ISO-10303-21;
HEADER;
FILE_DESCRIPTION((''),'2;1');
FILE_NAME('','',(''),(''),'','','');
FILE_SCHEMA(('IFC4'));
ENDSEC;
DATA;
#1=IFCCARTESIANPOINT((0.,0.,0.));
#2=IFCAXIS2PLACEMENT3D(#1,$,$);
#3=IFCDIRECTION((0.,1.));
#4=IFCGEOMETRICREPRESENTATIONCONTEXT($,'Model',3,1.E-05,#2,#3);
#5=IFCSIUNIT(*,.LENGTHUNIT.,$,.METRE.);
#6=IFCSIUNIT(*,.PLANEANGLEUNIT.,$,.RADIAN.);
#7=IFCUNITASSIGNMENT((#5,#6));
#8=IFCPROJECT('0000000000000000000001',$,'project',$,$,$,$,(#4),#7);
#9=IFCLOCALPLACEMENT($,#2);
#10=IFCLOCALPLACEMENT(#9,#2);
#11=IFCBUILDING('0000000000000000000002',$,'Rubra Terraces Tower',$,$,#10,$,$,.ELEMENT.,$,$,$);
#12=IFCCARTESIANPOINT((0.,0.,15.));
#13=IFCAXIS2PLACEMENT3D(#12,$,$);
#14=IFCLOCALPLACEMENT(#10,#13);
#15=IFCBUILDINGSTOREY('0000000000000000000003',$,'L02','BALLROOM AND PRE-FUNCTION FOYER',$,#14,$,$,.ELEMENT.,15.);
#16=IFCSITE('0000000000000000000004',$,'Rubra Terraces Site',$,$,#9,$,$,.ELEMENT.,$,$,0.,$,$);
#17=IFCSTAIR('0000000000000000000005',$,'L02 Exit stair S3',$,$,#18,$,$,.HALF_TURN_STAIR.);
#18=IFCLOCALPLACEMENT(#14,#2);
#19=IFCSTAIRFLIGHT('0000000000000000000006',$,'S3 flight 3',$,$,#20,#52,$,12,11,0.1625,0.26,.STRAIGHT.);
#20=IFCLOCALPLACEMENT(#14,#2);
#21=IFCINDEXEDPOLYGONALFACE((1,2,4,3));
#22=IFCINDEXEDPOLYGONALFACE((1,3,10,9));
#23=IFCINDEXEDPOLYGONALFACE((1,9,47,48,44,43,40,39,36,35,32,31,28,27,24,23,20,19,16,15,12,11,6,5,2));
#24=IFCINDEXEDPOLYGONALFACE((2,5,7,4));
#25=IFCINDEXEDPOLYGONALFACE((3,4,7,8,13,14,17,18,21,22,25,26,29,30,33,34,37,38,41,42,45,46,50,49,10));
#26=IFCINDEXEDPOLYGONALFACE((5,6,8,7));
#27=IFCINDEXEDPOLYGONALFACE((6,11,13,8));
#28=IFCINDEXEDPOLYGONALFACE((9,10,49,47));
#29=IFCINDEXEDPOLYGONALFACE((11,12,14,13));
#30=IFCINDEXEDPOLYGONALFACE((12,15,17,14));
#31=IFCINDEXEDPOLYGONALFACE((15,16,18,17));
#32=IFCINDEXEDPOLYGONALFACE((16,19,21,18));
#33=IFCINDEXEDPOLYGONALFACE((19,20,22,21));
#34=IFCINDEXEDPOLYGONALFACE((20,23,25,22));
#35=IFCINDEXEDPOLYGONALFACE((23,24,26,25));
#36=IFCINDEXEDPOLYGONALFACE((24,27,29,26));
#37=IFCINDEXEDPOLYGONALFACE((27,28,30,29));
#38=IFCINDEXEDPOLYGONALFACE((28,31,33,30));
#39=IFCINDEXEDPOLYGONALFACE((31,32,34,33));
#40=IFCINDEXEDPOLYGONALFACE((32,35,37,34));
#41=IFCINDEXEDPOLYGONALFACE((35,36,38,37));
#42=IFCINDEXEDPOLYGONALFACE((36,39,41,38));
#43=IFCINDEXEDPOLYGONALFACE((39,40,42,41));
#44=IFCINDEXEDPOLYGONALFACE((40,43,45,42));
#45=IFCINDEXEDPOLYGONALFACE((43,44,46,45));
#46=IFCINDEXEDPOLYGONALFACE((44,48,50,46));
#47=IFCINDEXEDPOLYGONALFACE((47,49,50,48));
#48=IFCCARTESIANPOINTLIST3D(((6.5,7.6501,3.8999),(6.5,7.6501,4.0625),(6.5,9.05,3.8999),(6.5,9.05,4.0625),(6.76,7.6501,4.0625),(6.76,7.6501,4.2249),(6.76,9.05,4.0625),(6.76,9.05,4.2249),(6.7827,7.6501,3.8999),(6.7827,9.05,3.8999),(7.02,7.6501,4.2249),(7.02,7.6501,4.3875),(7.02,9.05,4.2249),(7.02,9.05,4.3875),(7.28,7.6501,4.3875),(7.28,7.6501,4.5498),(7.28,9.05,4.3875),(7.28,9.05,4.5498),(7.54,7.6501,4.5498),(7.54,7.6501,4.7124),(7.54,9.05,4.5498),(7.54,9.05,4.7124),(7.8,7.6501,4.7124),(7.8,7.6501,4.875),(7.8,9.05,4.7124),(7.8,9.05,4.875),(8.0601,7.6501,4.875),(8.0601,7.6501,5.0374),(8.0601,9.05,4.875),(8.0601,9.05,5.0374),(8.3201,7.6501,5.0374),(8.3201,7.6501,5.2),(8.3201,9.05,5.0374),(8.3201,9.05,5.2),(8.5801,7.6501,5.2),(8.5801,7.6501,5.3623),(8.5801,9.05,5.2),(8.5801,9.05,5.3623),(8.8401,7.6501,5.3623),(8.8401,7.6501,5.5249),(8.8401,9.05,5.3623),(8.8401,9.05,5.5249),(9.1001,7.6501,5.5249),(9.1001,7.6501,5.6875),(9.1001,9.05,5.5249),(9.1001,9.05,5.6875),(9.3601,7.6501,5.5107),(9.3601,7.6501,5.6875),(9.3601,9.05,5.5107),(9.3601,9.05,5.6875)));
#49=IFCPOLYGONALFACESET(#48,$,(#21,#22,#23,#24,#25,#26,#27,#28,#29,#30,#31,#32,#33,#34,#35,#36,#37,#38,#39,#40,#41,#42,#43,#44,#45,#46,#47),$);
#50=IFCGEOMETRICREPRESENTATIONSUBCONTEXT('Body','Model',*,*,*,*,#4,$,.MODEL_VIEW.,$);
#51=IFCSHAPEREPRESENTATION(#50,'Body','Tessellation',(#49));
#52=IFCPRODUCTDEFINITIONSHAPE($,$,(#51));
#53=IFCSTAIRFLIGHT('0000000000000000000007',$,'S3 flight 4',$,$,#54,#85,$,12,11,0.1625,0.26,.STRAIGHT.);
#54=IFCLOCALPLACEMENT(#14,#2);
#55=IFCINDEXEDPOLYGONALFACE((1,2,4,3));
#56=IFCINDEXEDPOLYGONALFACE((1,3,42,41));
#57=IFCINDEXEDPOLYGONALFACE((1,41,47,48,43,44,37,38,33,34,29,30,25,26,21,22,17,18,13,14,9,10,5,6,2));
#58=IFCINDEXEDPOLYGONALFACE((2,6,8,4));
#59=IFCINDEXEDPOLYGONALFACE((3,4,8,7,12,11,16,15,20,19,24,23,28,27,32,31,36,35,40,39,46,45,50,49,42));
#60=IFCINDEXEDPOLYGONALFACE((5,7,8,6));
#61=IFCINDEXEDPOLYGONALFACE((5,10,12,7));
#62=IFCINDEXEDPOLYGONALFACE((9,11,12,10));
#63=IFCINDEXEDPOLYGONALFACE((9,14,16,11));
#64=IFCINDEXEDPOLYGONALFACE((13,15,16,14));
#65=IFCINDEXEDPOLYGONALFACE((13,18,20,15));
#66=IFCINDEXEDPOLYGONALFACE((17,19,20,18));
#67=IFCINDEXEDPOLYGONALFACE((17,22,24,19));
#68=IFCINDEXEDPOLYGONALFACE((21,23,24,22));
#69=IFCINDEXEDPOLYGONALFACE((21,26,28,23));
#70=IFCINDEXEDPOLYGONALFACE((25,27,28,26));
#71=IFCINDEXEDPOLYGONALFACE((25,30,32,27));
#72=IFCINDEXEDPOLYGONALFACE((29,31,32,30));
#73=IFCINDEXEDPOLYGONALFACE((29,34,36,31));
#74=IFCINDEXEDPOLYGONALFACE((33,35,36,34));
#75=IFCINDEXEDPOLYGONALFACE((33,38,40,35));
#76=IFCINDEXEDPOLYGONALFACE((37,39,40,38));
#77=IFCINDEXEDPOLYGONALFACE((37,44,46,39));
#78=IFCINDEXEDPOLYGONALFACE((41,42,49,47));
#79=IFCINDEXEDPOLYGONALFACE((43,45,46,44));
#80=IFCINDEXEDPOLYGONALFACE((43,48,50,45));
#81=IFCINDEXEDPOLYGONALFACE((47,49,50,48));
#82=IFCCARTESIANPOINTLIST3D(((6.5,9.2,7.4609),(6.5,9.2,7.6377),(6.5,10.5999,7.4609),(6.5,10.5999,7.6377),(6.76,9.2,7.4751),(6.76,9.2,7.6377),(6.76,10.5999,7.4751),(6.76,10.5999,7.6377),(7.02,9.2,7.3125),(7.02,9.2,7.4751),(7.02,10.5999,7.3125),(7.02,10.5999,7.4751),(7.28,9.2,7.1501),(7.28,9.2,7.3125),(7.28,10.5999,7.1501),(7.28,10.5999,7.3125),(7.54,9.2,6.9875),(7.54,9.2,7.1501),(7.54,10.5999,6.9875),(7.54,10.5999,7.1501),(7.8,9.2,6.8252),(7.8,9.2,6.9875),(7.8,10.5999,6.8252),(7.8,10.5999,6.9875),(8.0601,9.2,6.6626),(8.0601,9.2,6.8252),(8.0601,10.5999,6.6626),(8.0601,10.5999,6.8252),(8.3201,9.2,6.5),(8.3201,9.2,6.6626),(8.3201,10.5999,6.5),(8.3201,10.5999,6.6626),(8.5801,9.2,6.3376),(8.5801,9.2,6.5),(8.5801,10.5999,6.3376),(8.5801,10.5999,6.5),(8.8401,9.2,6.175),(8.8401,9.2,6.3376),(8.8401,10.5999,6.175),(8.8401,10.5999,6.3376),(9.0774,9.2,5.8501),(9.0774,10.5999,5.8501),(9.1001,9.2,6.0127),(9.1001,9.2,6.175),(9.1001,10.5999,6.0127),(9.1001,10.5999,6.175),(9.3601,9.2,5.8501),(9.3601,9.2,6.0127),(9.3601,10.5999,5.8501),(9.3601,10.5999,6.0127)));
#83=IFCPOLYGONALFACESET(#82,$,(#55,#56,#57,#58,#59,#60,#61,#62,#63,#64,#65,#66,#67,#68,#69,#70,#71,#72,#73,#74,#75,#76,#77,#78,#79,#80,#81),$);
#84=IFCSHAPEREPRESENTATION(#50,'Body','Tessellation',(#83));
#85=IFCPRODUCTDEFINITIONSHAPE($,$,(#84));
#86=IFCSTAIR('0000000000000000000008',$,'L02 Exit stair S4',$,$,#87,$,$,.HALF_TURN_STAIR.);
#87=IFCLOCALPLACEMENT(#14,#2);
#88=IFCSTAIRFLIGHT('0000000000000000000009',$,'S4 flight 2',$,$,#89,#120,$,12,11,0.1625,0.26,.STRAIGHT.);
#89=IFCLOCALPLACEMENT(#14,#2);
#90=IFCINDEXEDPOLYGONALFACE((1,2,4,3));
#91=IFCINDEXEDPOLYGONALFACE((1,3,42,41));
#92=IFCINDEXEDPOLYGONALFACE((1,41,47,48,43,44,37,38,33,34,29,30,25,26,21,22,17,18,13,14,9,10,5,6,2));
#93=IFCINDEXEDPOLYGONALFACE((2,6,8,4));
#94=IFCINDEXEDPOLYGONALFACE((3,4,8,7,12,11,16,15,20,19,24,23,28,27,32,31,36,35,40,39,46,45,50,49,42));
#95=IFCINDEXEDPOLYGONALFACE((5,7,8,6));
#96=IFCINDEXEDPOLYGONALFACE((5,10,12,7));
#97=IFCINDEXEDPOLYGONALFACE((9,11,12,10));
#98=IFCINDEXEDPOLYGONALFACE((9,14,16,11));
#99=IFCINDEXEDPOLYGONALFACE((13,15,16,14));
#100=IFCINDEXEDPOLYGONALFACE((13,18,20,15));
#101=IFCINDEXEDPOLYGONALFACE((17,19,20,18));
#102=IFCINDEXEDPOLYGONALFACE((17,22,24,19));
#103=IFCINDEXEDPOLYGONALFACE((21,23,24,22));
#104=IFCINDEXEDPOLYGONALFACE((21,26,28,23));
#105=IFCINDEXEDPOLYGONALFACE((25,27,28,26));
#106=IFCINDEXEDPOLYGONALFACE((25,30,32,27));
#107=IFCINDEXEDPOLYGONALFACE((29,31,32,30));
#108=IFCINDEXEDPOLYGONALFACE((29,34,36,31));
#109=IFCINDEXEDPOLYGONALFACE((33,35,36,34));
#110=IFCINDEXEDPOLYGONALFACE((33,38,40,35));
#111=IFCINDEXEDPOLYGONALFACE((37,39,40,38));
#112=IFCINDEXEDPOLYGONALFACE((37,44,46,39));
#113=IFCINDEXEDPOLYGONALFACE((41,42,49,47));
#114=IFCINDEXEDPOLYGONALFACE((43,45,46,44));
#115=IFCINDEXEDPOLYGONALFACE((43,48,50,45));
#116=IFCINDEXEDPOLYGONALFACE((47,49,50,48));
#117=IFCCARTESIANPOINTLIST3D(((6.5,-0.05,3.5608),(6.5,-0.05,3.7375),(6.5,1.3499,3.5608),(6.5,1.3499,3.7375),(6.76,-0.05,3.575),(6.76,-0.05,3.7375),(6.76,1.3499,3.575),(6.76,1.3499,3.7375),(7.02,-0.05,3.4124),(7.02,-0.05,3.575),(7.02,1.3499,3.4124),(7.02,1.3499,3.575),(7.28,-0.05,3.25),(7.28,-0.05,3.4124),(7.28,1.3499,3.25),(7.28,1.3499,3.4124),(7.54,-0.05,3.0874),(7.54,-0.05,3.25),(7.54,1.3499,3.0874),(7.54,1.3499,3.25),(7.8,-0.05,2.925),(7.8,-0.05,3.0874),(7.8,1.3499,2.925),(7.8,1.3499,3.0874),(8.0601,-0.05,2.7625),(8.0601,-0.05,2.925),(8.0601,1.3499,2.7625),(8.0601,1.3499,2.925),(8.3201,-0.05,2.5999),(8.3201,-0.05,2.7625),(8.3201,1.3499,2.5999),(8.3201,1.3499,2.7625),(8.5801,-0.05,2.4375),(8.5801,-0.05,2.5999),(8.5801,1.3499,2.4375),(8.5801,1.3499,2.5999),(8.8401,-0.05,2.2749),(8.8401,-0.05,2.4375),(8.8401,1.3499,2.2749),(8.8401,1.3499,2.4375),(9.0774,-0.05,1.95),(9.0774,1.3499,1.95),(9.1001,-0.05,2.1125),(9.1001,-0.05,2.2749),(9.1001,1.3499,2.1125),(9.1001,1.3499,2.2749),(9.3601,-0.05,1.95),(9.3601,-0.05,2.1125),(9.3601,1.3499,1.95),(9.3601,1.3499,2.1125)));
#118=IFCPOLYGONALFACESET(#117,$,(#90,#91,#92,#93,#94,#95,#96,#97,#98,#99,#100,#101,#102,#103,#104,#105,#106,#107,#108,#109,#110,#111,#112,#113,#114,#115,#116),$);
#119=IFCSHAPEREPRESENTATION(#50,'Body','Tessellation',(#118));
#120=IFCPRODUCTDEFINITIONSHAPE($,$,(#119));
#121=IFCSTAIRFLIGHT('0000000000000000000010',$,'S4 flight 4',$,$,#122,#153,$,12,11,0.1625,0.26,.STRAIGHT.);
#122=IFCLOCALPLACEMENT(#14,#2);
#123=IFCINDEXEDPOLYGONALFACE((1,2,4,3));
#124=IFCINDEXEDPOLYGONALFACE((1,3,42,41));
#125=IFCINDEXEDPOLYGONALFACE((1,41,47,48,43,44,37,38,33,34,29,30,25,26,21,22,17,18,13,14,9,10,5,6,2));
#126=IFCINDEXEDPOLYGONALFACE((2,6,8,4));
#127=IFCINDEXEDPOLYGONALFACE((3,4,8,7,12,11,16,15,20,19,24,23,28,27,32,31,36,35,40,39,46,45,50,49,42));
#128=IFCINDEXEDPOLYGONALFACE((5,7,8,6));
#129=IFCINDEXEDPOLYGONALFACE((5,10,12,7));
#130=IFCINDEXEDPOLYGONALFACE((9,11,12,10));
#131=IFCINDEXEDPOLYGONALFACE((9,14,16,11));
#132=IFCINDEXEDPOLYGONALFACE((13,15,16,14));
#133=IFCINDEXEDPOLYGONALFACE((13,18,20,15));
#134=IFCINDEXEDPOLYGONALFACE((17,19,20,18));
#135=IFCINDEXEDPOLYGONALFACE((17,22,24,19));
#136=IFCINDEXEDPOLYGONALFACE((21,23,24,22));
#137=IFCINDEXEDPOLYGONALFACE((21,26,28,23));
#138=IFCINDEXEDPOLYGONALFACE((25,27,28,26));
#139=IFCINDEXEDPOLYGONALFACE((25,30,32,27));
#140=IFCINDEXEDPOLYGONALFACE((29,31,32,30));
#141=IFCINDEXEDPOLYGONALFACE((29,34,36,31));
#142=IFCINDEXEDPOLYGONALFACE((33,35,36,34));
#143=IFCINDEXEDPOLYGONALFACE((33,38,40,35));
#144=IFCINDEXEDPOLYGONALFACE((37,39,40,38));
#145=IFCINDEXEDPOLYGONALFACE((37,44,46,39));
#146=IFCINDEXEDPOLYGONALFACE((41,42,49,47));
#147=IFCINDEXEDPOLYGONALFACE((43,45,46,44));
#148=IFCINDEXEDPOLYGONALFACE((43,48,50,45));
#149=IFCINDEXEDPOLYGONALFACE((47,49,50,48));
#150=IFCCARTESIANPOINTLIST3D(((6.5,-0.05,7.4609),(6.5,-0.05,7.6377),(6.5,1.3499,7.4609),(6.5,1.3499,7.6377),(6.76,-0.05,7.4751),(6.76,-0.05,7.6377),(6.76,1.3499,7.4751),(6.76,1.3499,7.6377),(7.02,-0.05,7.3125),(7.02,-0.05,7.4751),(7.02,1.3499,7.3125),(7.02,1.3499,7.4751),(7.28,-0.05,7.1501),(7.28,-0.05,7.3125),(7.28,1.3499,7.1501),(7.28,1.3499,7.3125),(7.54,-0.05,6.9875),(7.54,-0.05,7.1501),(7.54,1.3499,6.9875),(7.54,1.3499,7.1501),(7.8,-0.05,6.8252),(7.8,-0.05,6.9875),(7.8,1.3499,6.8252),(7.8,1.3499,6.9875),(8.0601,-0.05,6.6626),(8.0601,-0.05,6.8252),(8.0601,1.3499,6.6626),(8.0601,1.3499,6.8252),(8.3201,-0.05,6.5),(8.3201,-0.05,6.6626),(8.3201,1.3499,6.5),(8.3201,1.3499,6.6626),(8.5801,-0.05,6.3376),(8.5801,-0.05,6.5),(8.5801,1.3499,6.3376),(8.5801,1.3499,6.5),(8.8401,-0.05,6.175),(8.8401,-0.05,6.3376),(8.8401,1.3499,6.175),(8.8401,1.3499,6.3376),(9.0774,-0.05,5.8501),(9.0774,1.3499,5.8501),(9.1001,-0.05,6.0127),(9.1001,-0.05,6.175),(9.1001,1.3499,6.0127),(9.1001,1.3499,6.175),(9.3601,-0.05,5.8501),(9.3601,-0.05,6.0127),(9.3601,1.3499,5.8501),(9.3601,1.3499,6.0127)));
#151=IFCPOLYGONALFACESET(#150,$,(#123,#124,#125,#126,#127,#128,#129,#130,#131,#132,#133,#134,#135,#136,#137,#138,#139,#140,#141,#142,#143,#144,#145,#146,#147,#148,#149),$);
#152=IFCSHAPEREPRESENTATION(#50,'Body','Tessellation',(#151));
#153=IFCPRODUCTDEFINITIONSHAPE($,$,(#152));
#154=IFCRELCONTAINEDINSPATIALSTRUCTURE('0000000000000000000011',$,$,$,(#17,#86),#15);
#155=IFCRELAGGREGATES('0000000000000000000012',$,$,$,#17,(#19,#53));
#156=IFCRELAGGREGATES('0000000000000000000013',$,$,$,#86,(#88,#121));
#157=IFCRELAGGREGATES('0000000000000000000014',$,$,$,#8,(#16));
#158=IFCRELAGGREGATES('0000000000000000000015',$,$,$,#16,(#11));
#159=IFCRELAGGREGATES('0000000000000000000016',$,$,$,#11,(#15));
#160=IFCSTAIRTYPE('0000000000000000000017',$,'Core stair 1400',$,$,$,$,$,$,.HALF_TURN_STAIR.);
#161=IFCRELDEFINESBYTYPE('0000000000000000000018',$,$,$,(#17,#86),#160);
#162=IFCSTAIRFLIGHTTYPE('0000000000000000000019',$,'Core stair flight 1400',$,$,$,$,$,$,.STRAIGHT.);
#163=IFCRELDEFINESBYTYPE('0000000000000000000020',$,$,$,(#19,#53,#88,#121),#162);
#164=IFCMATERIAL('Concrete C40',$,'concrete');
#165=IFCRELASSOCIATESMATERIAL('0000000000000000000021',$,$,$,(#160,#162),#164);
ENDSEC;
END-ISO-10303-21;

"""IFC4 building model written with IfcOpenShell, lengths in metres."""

from ifc_helpers import new_model, si_unit, direction, frame, origin, place, context, subcontext, project, spatial, polyline, outline, extrude, material, type_object, element, aggregate, save


model = new_model("IFC4")

# Units and contexts
model_context = context("Model", 3, precision=1e-05, world=origin(), true_north=direction((0.0, 1.0)))
body_context = subcontext(model_context, "Body", "Model", "MODEL_VIEW")
ifc_project = project(units=[si_unit("LENGTHUNIT", "METRE"), si_unit("PLANEANGLEUNIT", "RADIAN")], contexts=[model_context])

# Site, building, storey
site_placement = place(None, origin())
site = spatial("IfcSite", under=ifc_project, at=site_placement, Name="Rubra Terraces Site", CompositionType="ELEMENT", RefElevation=0.0)
building_placement = place(site_placement, origin())
building = spatial("IfcBuilding", under=site, at=building_placement, Name="Rubra Terraces Tower", CompositionType="ELEMENT")
storey_placement = place(building_placement, frame((0.0, 0.0, 15.0)))
storey = spatial("IfcBuildingStorey", under=building, at=storey_placement, Name="L02", Description="BALLROOM AND PRE-FUNCTION FOYER", CompositionType="ELEMENT", Elevation=15.0)

# Shared definitions
ifc_material_1 = material(Name="Concrete C40", Category="concrete")

# Stairs, stair flights
stair_type = type_object("IfcStairType", Name="Core stair 1400", PredefinedType="HALF_TURN_STAIR", material=ifc_material_1)
stair_1_placement = place(storey_placement, origin())
stair_1 = element("IfcStair", 1, at=stair_1_placement, inside=storey, type_object=stair_type, Name="L02 Exit stair S3", PredefinedType="HALF_TURN_STAIR")
stair_flight_type = type_object("IfcStairFlightType", Name="Core stair flight 1400", PredefinedType="STRAIGHT", material=ifc_material_1)
stair_flight_1_placement = place(storey_placement, frame((6.5, 8.3501, 3.8999), z_axis=(0.0, 0.0, 1.0), x_axis=(1.0, 0.0, 0.0)))
stair_flight_1 = element("IfcStairFlight", 2, at=stair_flight_1_placement, type_object=stair_flight_type, Name="S3 flight 3", NumberOfRisers=12, NumberOfTreads=11, PredefinedType="STRAIGHT", RiserHeight=0.1625, TreadLength=0.26, context=body_context, shape_type="SweptSolid", body=[
    extrude(outline(polyline([(0.0, 0.0), (0.0, 0.1626), (0.26, 0.1626), (0.26, 0.325), (0.52, 0.325), (0.52, 0.4875), (0.78, 0.4875), (0.78, 0.6499), (1.04, 0.6499), (1.04, 0.8125), (1.3, 0.8125), (1.3, 0.9751), (1.5601, 0.9751), (1.5601, 1.1375), (1.8201, 1.1375), (1.8201, 1.3), (2.0801, 1.3), (2.0801, 1.4624), (2.3401, 1.4624), (2.3401, 1.625), (2.6001, 1.625), (2.6001, 1.7876), (2.8601, 1.7876), (2.8601, 1.95), (2.8601, 1.6108), (0.2827, 0.0), (0.0, 0.0)])), frame((0.0, 0.7, 0.0), z_axis=(0.0, -1.0, 0.0), x_axis=(1.0, 0.0, 0.0)), (0.0, 0.0, 1.0), 1.3999),
])
stair_flight_2_placement = place(storey_placement, frame((9.3601, 9.8999, 5.8501), z_axis=(0.0, 0.0, 1.0), x_axis=(-1.0, 0.0, 0.0)))
stair_flight_2 = element("IfcStairFlight", 3, at=stair_flight_2_placement, type_object=stair_flight_type, Name="S3 flight 4", NumberOfRisers=12, NumberOfTreads=11, PredefinedType="STRAIGHT", RiserHeight=0.1625, TreadLength=0.26, context=body_context, shape_type="SweptSolid", body=[
    extrude(outline(polyline([(0.0, 0.0), (0.0, 0.1626), (0.26, 0.1626), (0.26, 0.325), (0.52, 0.325), (0.52, 0.4875), (0.78, 0.4875), (0.78, 0.6499), (1.04, 0.6499), (1.04, 0.8125), (1.3, 0.8125), (1.3, 0.9751), (1.5601, 0.9751), (1.5601, 1.1375), (1.8201, 1.1375), (1.8201, 1.3), (2.0801, 1.3), (2.0801, 1.4624), (2.3401, 1.4624), (2.3401, 1.625), (2.6001, 1.625), (2.6001, 1.7876), (2.8601, 1.7876), (2.8601, 1.95), (2.8601, 1.6108), (0.2827, 0.0), (0.0, 0.0)])), frame((0.0, 0.7, 0.0), z_axis=(0.0, -1.0, 0.0), x_axis=(1.0, 0.0, 0.0)), (0.0, 0.0, 1.0), 1.3999),
])
aggregate(stair_1, [stair_flight_1, stair_flight_2])
stair_2_placement = place(storey_placement, origin())
stair_2 = element("IfcStair", 4, at=stair_2_placement, inside=storey, type_object=stair_type, Name="L02 Exit stair S4", PredefinedType="HALF_TURN_STAIR")
stair_flight_3_placement = place(storey_placement, frame((9.3601, 0.6499, 1.95), z_axis=(0.0, 0.0, 1.0), x_axis=(-1.0, 0.0, 0.0)))
stair_flight_3 = element("IfcStairFlight", 5, at=stair_flight_3_placement, type_object=stair_flight_type, Name="S4 flight 2", NumberOfRisers=12, NumberOfTreads=11, PredefinedType="STRAIGHT", RiserHeight=0.1625, TreadLength=0.26, context=body_context, shape_type="SweptSolid", body=[
    extrude(outline(polyline([(0.0, 0.0), (0.0, 0.1626), (0.26, 0.1626), (0.26, 0.325), (0.52, 0.325), (0.52, 0.4875), (0.78, 0.4875), (0.78, 0.6499), (1.04, 0.6499), (1.04, 0.8125), (1.3, 0.8125), (1.3, 0.9751), (1.5601, 0.9751), (1.5601, 1.1375), (1.8201, 1.1375), (1.8201, 1.3), (2.0801, 1.3), (2.0801, 1.4624), (2.3401, 1.4624), (2.3401, 1.625), (2.6001, 1.625), (2.6001, 1.7876), (2.8601, 1.7876), (2.8601, 1.95), (2.8601, 1.6108), (0.2827, 0.0), (0.0, 0.0)])), frame((0.0, 0.7, 0.0), z_axis=(0.0, -1.0, 0.0), x_axis=(1.0, 0.0, 0.0)), (0.0, 0.0, 1.0), 1.3999),
])
stair_flight_4_placement = place(storey_placement, frame((9.3601, 0.6499, 5.8501), z_axis=(0.0, 0.0, 1.0), x_axis=(-1.0, 0.0, 0.0)))
stair_flight_4 = element("IfcStairFlight", 6, at=stair_flight_4_placement, type_object=stair_flight_type, Name="S4 flight 4", NumberOfRisers=12, NumberOfTreads=11, PredefinedType="STRAIGHT", RiserHeight=0.1625, TreadLength=0.26, context=body_context, shape_type="SweptSolid", body=[
    extrude(outline(polyline([(0.0, 0.0), (0.0, 0.1626), (0.26, 0.1626), (0.26, 0.325), (0.52, 0.325), (0.52, 0.4875), (0.78, 0.4875), (0.78, 0.6499), (1.04, 0.6499), (1.04, 0.8125), (1.3, 0.8125), (1.3, 0.9751), (1.5601, 0.9751), (1.5601, 1.1375), (1.8201, 1.1375), (1.8201, 1.3), (2.0801, 1.3), (2.0801, 1.4624), (2.3401, 1.4624), (2.3401, 1.625), (2.6001, 1.625), (2.6001, 1.7876), (2.8601, 1.7876), (2.8601, 1.95), (2.8601, 1.6108), (0.2827, 0.0), (0.0, 0.0)])), frame((0.0, 0.7, 0.0), z_axis=(0.0, -1.0, 0.0), x_axis=(1.0, 0.0, 0.0)), (0.0, 0.0, 1.0), 1.3999),
])
aggregate(stair_2, [stair_flight_3, stair_flight_4])

save(model, "model.ifc")
